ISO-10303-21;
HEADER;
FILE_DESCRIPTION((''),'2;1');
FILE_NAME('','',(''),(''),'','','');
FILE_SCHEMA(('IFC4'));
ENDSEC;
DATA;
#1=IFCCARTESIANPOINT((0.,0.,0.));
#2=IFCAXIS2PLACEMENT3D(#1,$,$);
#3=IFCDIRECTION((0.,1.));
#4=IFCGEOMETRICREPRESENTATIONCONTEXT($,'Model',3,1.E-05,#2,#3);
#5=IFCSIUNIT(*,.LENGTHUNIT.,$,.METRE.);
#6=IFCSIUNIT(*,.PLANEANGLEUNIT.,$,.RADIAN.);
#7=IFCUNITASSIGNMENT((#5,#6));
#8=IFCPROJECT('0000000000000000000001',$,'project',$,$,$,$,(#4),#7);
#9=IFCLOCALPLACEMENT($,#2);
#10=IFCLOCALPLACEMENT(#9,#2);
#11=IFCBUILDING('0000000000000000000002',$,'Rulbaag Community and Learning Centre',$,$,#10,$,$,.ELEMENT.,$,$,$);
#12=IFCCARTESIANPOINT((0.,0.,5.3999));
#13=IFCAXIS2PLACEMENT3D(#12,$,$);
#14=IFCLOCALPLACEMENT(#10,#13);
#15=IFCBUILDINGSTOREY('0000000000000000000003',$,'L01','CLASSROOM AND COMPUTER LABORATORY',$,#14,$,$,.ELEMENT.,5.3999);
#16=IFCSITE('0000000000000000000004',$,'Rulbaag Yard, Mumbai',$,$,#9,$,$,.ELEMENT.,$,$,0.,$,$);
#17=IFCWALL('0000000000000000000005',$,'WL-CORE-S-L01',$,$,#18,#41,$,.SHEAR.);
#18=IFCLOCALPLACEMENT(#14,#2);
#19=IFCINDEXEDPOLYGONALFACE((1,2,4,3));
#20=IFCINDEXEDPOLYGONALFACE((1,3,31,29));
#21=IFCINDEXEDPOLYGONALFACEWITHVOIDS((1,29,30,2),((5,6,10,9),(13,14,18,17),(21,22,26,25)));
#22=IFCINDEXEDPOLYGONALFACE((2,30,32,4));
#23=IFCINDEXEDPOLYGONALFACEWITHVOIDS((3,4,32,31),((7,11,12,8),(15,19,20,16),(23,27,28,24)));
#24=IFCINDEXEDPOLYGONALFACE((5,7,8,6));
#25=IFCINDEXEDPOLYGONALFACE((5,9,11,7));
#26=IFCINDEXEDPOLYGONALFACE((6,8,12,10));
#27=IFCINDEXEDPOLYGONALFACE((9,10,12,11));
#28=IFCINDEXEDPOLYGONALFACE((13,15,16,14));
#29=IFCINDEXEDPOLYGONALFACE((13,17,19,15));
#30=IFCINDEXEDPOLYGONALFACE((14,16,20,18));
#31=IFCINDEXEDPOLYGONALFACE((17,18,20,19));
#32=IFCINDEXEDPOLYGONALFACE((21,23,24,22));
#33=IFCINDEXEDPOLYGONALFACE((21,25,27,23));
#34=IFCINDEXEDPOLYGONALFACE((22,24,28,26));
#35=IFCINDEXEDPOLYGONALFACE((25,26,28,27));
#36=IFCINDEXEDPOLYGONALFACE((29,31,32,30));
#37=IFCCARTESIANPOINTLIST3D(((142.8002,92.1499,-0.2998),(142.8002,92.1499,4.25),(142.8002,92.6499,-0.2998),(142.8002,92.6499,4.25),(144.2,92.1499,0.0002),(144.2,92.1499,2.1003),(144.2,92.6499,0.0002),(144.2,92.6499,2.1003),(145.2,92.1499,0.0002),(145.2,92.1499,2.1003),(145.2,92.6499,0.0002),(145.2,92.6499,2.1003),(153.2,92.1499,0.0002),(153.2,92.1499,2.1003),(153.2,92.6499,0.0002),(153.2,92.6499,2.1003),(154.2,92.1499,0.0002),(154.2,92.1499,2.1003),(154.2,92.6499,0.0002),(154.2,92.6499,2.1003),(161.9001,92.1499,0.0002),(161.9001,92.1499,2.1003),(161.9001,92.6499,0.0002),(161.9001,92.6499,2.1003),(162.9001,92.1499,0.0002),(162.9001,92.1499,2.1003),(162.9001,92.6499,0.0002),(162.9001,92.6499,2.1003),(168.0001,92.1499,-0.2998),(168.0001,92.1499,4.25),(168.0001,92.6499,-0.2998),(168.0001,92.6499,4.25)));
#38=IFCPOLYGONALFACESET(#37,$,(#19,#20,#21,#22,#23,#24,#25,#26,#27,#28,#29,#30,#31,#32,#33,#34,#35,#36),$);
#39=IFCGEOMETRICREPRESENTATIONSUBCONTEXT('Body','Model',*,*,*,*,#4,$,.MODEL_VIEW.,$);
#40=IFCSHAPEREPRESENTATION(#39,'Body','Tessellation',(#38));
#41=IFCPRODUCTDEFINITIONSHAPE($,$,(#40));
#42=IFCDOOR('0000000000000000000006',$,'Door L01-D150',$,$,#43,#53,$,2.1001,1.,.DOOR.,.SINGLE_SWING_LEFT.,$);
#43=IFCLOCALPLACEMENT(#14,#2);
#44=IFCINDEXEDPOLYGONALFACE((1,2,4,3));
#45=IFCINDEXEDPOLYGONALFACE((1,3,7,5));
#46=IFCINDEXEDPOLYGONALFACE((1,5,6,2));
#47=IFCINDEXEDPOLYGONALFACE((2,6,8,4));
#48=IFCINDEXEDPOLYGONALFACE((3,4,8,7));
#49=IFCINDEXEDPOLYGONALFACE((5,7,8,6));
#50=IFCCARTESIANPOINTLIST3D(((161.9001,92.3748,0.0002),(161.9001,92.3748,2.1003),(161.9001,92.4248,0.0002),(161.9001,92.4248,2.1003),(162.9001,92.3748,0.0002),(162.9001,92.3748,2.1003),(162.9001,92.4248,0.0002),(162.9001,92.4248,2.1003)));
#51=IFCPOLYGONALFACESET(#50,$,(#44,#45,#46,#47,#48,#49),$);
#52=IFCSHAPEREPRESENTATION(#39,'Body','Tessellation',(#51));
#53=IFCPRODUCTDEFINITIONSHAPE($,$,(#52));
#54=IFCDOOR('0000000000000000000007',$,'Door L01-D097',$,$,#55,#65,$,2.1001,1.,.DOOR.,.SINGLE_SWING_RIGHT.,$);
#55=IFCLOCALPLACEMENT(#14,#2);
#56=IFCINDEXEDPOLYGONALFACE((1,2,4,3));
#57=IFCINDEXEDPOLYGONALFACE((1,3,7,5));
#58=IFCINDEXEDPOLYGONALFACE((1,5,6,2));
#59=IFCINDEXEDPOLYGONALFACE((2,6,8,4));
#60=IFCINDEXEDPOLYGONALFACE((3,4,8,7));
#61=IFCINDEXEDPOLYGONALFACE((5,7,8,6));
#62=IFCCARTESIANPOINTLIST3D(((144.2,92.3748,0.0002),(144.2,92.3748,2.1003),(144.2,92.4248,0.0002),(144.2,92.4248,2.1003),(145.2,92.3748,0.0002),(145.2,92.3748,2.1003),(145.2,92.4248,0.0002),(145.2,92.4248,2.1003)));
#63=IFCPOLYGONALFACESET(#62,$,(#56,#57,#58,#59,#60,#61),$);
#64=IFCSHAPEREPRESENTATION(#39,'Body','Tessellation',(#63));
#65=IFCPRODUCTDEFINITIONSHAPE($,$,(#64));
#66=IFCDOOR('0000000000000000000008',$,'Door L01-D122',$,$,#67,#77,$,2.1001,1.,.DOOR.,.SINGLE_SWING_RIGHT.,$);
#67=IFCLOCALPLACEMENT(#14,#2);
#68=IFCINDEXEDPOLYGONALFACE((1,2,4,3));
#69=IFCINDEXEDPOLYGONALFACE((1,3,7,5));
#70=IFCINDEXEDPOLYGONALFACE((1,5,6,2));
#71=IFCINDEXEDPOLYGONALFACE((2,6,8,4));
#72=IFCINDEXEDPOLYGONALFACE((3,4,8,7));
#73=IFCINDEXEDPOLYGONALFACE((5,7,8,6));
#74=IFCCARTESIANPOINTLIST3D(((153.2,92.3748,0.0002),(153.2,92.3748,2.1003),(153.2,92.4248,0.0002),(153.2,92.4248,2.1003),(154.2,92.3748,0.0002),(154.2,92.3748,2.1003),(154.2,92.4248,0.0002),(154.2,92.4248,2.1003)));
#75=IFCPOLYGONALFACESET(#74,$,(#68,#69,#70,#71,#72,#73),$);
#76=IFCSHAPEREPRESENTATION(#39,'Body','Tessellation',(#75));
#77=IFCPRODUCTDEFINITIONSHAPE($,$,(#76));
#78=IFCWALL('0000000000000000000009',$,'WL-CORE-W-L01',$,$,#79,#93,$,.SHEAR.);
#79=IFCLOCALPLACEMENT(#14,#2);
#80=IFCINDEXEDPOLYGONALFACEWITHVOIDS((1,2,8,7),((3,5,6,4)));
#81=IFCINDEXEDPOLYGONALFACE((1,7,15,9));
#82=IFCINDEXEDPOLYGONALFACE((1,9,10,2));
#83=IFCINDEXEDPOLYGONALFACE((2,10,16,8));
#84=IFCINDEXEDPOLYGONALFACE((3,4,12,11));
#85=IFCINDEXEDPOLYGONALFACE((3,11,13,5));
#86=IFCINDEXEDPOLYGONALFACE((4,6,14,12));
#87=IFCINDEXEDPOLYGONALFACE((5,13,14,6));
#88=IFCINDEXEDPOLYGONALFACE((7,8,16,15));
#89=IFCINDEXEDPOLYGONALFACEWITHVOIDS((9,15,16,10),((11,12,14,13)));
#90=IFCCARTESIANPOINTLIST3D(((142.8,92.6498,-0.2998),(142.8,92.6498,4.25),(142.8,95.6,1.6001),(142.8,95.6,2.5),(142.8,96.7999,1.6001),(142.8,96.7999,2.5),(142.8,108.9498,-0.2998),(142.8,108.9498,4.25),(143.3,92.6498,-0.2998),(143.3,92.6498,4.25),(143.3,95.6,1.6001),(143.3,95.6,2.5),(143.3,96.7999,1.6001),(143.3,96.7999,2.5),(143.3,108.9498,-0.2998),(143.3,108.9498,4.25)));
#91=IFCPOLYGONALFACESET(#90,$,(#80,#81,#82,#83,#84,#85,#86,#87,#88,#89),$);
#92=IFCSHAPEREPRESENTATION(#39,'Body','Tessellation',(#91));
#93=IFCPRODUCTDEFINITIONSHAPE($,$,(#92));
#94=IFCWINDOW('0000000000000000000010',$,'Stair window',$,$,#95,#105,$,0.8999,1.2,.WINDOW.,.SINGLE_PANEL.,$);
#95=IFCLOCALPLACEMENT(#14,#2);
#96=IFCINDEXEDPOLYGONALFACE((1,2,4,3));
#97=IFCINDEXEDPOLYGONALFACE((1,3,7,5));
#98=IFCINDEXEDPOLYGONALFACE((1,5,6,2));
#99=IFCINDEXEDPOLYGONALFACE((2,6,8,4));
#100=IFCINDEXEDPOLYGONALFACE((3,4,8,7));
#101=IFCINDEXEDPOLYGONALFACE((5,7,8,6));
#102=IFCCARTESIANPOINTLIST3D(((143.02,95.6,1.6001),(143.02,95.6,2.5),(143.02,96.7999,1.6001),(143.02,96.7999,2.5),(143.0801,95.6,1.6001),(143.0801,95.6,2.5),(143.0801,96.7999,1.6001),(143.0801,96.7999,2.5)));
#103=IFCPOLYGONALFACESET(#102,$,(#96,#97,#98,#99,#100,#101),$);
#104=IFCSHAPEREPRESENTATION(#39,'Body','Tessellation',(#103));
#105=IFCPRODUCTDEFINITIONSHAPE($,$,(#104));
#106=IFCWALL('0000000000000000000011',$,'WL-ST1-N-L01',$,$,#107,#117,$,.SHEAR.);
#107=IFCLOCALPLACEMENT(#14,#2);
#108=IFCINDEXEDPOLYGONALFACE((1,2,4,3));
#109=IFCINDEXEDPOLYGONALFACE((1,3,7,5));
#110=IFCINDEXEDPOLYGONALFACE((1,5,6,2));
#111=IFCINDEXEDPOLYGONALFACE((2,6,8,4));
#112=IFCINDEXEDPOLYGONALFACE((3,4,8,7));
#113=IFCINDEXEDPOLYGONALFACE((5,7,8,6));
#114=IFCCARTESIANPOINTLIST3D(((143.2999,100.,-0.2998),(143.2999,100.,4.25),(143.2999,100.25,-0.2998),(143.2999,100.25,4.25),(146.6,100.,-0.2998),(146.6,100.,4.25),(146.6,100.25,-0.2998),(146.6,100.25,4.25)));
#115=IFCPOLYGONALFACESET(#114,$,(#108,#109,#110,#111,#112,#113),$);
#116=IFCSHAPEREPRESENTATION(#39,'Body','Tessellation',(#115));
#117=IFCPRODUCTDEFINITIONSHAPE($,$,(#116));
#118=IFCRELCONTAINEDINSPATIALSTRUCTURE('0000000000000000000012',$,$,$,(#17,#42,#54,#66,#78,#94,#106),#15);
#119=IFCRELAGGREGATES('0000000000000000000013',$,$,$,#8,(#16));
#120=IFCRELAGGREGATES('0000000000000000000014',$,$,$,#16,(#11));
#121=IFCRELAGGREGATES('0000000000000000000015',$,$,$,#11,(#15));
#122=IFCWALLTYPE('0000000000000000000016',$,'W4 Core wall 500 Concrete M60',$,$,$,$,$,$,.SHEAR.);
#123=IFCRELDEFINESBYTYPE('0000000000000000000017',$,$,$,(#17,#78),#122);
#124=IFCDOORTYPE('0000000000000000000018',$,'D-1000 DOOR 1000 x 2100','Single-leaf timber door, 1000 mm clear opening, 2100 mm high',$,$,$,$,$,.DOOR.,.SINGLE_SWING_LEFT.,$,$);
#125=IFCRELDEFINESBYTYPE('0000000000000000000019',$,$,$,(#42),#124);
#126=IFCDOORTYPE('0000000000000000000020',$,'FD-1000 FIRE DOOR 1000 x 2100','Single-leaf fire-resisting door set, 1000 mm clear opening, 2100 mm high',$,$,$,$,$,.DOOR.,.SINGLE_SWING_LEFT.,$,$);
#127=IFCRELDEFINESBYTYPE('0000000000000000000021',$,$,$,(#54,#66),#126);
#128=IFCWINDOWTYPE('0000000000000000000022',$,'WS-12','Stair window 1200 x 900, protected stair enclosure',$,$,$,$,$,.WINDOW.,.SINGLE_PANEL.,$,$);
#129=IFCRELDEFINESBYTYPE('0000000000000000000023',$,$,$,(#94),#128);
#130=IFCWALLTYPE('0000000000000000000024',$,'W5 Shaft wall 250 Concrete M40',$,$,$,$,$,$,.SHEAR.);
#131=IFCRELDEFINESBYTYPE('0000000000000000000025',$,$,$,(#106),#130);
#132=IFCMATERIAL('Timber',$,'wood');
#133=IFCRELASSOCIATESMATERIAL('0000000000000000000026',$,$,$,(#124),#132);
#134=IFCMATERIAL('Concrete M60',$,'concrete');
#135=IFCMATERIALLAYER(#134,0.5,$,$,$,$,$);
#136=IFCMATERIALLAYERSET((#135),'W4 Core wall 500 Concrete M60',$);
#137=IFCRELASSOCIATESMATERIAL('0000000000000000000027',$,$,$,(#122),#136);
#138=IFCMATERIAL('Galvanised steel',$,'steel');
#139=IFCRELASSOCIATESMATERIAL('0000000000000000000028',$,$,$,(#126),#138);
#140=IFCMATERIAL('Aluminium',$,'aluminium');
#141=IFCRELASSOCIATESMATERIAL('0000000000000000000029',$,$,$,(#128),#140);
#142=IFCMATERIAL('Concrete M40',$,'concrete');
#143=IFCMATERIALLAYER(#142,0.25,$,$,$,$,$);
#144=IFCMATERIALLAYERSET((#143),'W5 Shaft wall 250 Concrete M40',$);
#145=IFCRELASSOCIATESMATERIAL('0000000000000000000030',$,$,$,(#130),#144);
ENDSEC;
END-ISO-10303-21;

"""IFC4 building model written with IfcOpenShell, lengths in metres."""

from ifc_helpers import new_model, si_unit, direction, frame, frame_2d, origin, place, context, subcontext, project, spatial, rectangle, extrude, material, layer, layer_set, type_object, element, fill, save


model = new_model("IFC4")

# Units and contexts
model_context = context("Model", 3, precision=1e-05, world=origin(), true_north=direction((0.0, 1.0)))
body_context = subcontext(model_context, "Body", "Model", "MODEL_VIEW")
ifc_project = project(units=[si_unit("LENGTHUNIT", "METRE"), si_unit("PLANEANGLEUNIT", "RADIAN")], contexts=[model_context])

# Site, building, storey
site_placement = place(None, origin())
site = spatial("IfcSite", under=ifc_project, at=site_placement, Name="Rulbaag Yard, Mumbai", CompositionType="ELEMENT", RefElevation=0.0)
building_placement = place(site_placement, origin())
building = spatial("IfcBuilding", under=site, at=building_placement, Name="Rulbaag Community and Learning Centre", CompositionType="ELEMENT")
storey_placement = place(building_placement, frame((0.0, 0.0, 5.3999)))
storey = spatial("IfcBuildingStorey", under=building, at=storey_placement, Name="L01", Description="CLASSROOM AND COMPUTER LABORATORY", CompositionType="ELEMENT", Elevation=5.3999)

# Shared definitions
ifc_material_1 = material(Name="Timber", Category="wood")

# Shared definitions
door_type_1 = type_object("IfcDoorType", Name="D-1000 DOOR 1000 x 2100", Description="Single-leaf timber door, 1000 mm clear opening, 2100 mm high", OperationType="SINGLE_SWING_LEFT", PredefinedType="DOOR", material=ifc_material_1)

# Wall, openings, doors
ifc_material_2 = material(Name="Concrete M60", Category="concrete")
ifc_layer_1 = layer(ifc_material_2, 0.5)
ifc_layer_set_1 = layer_set([ifc_layer_1], Name="W4 Core wall 500 Concrete M60")
wall_type_1 = type_object("IfcWallType", Name="W4 Core wall 500 Concrete M60", PredefinedType="SHEAR", material=ifc_layer_set_1)
wall_1_placement = place(storey_placement, frame((142.8, 92.3999, -0.2998), z_axis=(0.0, 0.0, 1.0), x_axis=(1.0, 0.0, 0.0)))
wall_1 = element("IfcWall", 1, at=wall_1_placement, inside=storey, type_object=wall_type_1, Name="WL-CORE-S-L01", PredefinedType="SHEAR", context=body_context, shape_type="SweptSolid", body=[
    extrude(rectangle(XDim=25.2, YDim=0.5, at=frame_2d((12.6001, 0.0))), origin(), (0.0, 0.0, 1.0), 4.5498),
])
opening_1_placement = place(wall_1_placement, frame((1.3999, 0.0, 0.3)))
opening_1 = element("IfcOpeningElement", 2, at=opening_1_placement, cuts=wall_1, PredefinedType="OPENING", context=body_context, shape_type="SweptSolid", body=[
    extrude(rectangle(XDim=1.0, YDim=2.1001, at=frame_2d((0.5, 1.05))), frame((0.0, 0.26, 0.0), z_axis=(0.0, -1.0, 0.0), x_axis=(1.0, 0.0, 0.0)), (0.0, 0.0, 1.0), 0.52),
])
opening_2_placement = place(wall_1_placement, frame((19.1001, 0.0, 0.3)))
opening_2 = element("IfcOpeningElement", 3, at=opening_2_placement, cuts=wall_1, PredefinedType="OPENING", context=body_context, shape_type="SweptSolid", body=[
    extrude(rectangle(XDim=1.0, YDim=2.1001, at=frame_2d((0.5, 1.05))), frame((0.0, 0.26, 0.0), z_axis=(0.0, -1.0, 0.0), x_axis=(1.0, 0.0, 0.0)), (0.0, 0.0, 1.0), 0.52),
])
opening_3_placement = place(wall_1_placement, frame((10.3999, 0.0, 0.3)))
opening_3 = element("IfcOpeningElement", 4, at=opening_3_placement, cuts=wall_1, PredefinedType="OPENING", context=body_context, shape_type="SweptSolid", body=[
    extrude(rectangle(XDim=1.0, YDim=2.1001, at=frame_2d((0.5, 1.05))), frame((0.0, 0.26, 0.0), z_axis=(0.0, -1.0, 0.0), x_axis=(1.0, 0.0, 0.0)), (0.0, 0.0, 1.0), 0.52),
])
door_1_placement = place(opening_2_placement, origin())
door_1 = element("IfcDoor", 5, at=door_1_placement, inside=storey, type_object=door_type_1, Name="Door L01-D150", OperationType="SINGLE_SWING_LEFT", OverallHeight=2.1001, OverallWidth=1.0, PredefinedType="DOOR", context=body_context, shape_type="SweptSolid", body=[
    extrude(rectangle(XDim=1.0, YDim=2.1001, at=frame_2d((0.5, 1.05))), frame((0.0, 0.0249, 0.0), z_axis=(0.0, -1.0, 0.0), x_axis=(1.0, 0.0, 0.0)), (0.0, 0.0, 1.0), 0.05),
])
fill(opening_2, door_1)
ifc_material_3 = material(Name="Galvanised steel", Category="steel")
door_type_2 = type_object("IfcDoorType", Name="FD-1000 FIRE DOOR 1000 x 2100", Description="Single-leaf fire-resisting door set, 1000 mm clear opening, 2100 mm high", OperationType="SINGLE_SWING_LEFT", PredefinedType="DOOR", material=ifc_material_3)
door_2_placement = place(opening_1_placement, origin())
door_2 = element("IfcDoor", 6, at=door_2_placement, inside=storey, type_object=door_type_2, Name="Door L01-D097", OperationType="SINGLE_SWING_RIGHT", OverallHeight=2.1001, OverallWidth=1.0, PredefinedType="DOOR", context=body_context, shape_type="SweptSolid", body=[
    extrude(rectangle(XDim=1.0, YDim=2.1001, at=frame_2d((0.5, 1.05))), frame((0.0, 0.0249, 0.0), z_axis=(0.0, -1.0, 0.0), x_axis=(1.0, 0.0, 0.0)), (0.0, 0.0, 1.0), 0.05),
])
fill(opening_1, door_2)
door_3_placement = place(opening_3_placement, origin())
door_3 = element("IfcDoor", 7, at=door_3_placement, inside=storey, type_object=door_type_2, Name="Door L01-D122", OperationType="SINGLE_SWING_RIGHT", OverallHeight=2.1001, OverallWidth=1.0, PredefinedType="DOOR", context=body_context, shape_type="SweptSolid", body=[
    extrude(rectangle(XDim=1.0, YDim=2.1001, at=frame_2d((0.5, 1.05))), frame((0.0, 0.0249, 0.0), z_axis=(0.0, -1.0, 0.0), x_axis=(1.0, 0.0, 0.0)), (0.0, 0.0, 1.0), 0.05),
])
fill(opening_3, door_3)

# Wall, opening, window
wall_2_placement = place(storey_placement, frame((143.05, 92.6499, -0.2998), z_axis=(0.0, 0.0, 1.0), x_axis=(0.0, 1.0, 0.0)))
wall_2 = element("IfcWall", 8, at=wall_2_placement, inside=storey, type_object=wall_type_1, Name="WL-CORE-W-L01", PredefinedType="SHEAR", context=body_context, shape_type="SweptSolid", body=[
    extrude(rectangle(XDim=16.3, YDim=0.5, at=frame_2d((8.1499, 0.0))), origin(), (0.0, 0.0, 1.0), 4.5498),
])
opening_4_placement = place(wall_2_placement, frame((2.95, 0.0, 1.8999)))
opening_4 = element("IfcOpeningElement", 9, at=opening_4_placement, cuts=wall_2, PredefinedType="OPENING", context=body_context, shape_type="SweptSolid", body=[
    extrude(rectangle(XDim=1.2, YDim=0.8999, at=frame_2d((0.6001, 0.45))), frame((0.0, 0.26, 0.0), z_axis=(0.0, -1.0, 0.0), x_axis=(1.0, 0.0, 0.0)), (0.0, 0.0, 1.0), 0.52),
])
ifc_material_4 = material(Name="Aluminium", Category="aluminium")
window_type = type_object("IfcWindowType", Name="WS-12", Description="Stair window 1200 x 900, protected stair enclosure", PartitioningType="SINGLE_PANEL", PredefinedType="WINDOW", material=ifc_material_4)
window_placement = place(opening_4_placement, origin())
window = element("IfcWindow", 10, at=window_placement, inside=storey, type_object=window_type, Name="Stair window", OverallHeight=0.8999, OverallWidth=1.2, PartitioningType="SINGLE_PANEL", PredefinedType="WINDOW", context=body_context, shape_type="SweptSolid", body=[
    extrude(rectangle(XDim=1.2, YDim=0.8999, at=frame_2d((0.6001, 0.45))), frame((0.0, 0.03, 0.0), z_axis=(0.0, -1.0, 0.0), x_axis=(1.0, 0.0, 0.0)), (0.0, 0.0, 1.0), 0.0601),
])
fill(opening_4, window)

# Wall
ifc_material_5 = material(Name="Concrete M40", Category="concrete")
ifc_layer_2 = layer(ifc_material_5, 0.25)
ifc_layer_set_2 = layer_set([ifc_layer_2], Name="W5 Shaft wall 250 Concrete M40")
wall_type_2 = type_object("IfcWallType", Name="W5 Shaft wall 250 Concrete M40", PredefinedType="SHEAR", material=ifc_layer_set_2)
wall_3_placement = place(storey_placement, frame((143.3, 100.125, -0.2998), z_axis=(0.0, 0.0, 1.0), x_axis=(1.0, 0.0, 0.0)))
element("IfcWall", 11, at=wall_3_placement, inside=storey, type_object=wall_type_2, Name="WL-ST1-N-L01", PredefinedType="SHEAR", context=body_context, shape_type="SweptSolid", body=[
    extrude(rectangle(XDim=3.3, YDim=0.25, at=frame_2d((1.6499, 0.0))), origin(), (0.0, 0.0, 1.0), 4.5498),
])

save(model, "model.ifc")
